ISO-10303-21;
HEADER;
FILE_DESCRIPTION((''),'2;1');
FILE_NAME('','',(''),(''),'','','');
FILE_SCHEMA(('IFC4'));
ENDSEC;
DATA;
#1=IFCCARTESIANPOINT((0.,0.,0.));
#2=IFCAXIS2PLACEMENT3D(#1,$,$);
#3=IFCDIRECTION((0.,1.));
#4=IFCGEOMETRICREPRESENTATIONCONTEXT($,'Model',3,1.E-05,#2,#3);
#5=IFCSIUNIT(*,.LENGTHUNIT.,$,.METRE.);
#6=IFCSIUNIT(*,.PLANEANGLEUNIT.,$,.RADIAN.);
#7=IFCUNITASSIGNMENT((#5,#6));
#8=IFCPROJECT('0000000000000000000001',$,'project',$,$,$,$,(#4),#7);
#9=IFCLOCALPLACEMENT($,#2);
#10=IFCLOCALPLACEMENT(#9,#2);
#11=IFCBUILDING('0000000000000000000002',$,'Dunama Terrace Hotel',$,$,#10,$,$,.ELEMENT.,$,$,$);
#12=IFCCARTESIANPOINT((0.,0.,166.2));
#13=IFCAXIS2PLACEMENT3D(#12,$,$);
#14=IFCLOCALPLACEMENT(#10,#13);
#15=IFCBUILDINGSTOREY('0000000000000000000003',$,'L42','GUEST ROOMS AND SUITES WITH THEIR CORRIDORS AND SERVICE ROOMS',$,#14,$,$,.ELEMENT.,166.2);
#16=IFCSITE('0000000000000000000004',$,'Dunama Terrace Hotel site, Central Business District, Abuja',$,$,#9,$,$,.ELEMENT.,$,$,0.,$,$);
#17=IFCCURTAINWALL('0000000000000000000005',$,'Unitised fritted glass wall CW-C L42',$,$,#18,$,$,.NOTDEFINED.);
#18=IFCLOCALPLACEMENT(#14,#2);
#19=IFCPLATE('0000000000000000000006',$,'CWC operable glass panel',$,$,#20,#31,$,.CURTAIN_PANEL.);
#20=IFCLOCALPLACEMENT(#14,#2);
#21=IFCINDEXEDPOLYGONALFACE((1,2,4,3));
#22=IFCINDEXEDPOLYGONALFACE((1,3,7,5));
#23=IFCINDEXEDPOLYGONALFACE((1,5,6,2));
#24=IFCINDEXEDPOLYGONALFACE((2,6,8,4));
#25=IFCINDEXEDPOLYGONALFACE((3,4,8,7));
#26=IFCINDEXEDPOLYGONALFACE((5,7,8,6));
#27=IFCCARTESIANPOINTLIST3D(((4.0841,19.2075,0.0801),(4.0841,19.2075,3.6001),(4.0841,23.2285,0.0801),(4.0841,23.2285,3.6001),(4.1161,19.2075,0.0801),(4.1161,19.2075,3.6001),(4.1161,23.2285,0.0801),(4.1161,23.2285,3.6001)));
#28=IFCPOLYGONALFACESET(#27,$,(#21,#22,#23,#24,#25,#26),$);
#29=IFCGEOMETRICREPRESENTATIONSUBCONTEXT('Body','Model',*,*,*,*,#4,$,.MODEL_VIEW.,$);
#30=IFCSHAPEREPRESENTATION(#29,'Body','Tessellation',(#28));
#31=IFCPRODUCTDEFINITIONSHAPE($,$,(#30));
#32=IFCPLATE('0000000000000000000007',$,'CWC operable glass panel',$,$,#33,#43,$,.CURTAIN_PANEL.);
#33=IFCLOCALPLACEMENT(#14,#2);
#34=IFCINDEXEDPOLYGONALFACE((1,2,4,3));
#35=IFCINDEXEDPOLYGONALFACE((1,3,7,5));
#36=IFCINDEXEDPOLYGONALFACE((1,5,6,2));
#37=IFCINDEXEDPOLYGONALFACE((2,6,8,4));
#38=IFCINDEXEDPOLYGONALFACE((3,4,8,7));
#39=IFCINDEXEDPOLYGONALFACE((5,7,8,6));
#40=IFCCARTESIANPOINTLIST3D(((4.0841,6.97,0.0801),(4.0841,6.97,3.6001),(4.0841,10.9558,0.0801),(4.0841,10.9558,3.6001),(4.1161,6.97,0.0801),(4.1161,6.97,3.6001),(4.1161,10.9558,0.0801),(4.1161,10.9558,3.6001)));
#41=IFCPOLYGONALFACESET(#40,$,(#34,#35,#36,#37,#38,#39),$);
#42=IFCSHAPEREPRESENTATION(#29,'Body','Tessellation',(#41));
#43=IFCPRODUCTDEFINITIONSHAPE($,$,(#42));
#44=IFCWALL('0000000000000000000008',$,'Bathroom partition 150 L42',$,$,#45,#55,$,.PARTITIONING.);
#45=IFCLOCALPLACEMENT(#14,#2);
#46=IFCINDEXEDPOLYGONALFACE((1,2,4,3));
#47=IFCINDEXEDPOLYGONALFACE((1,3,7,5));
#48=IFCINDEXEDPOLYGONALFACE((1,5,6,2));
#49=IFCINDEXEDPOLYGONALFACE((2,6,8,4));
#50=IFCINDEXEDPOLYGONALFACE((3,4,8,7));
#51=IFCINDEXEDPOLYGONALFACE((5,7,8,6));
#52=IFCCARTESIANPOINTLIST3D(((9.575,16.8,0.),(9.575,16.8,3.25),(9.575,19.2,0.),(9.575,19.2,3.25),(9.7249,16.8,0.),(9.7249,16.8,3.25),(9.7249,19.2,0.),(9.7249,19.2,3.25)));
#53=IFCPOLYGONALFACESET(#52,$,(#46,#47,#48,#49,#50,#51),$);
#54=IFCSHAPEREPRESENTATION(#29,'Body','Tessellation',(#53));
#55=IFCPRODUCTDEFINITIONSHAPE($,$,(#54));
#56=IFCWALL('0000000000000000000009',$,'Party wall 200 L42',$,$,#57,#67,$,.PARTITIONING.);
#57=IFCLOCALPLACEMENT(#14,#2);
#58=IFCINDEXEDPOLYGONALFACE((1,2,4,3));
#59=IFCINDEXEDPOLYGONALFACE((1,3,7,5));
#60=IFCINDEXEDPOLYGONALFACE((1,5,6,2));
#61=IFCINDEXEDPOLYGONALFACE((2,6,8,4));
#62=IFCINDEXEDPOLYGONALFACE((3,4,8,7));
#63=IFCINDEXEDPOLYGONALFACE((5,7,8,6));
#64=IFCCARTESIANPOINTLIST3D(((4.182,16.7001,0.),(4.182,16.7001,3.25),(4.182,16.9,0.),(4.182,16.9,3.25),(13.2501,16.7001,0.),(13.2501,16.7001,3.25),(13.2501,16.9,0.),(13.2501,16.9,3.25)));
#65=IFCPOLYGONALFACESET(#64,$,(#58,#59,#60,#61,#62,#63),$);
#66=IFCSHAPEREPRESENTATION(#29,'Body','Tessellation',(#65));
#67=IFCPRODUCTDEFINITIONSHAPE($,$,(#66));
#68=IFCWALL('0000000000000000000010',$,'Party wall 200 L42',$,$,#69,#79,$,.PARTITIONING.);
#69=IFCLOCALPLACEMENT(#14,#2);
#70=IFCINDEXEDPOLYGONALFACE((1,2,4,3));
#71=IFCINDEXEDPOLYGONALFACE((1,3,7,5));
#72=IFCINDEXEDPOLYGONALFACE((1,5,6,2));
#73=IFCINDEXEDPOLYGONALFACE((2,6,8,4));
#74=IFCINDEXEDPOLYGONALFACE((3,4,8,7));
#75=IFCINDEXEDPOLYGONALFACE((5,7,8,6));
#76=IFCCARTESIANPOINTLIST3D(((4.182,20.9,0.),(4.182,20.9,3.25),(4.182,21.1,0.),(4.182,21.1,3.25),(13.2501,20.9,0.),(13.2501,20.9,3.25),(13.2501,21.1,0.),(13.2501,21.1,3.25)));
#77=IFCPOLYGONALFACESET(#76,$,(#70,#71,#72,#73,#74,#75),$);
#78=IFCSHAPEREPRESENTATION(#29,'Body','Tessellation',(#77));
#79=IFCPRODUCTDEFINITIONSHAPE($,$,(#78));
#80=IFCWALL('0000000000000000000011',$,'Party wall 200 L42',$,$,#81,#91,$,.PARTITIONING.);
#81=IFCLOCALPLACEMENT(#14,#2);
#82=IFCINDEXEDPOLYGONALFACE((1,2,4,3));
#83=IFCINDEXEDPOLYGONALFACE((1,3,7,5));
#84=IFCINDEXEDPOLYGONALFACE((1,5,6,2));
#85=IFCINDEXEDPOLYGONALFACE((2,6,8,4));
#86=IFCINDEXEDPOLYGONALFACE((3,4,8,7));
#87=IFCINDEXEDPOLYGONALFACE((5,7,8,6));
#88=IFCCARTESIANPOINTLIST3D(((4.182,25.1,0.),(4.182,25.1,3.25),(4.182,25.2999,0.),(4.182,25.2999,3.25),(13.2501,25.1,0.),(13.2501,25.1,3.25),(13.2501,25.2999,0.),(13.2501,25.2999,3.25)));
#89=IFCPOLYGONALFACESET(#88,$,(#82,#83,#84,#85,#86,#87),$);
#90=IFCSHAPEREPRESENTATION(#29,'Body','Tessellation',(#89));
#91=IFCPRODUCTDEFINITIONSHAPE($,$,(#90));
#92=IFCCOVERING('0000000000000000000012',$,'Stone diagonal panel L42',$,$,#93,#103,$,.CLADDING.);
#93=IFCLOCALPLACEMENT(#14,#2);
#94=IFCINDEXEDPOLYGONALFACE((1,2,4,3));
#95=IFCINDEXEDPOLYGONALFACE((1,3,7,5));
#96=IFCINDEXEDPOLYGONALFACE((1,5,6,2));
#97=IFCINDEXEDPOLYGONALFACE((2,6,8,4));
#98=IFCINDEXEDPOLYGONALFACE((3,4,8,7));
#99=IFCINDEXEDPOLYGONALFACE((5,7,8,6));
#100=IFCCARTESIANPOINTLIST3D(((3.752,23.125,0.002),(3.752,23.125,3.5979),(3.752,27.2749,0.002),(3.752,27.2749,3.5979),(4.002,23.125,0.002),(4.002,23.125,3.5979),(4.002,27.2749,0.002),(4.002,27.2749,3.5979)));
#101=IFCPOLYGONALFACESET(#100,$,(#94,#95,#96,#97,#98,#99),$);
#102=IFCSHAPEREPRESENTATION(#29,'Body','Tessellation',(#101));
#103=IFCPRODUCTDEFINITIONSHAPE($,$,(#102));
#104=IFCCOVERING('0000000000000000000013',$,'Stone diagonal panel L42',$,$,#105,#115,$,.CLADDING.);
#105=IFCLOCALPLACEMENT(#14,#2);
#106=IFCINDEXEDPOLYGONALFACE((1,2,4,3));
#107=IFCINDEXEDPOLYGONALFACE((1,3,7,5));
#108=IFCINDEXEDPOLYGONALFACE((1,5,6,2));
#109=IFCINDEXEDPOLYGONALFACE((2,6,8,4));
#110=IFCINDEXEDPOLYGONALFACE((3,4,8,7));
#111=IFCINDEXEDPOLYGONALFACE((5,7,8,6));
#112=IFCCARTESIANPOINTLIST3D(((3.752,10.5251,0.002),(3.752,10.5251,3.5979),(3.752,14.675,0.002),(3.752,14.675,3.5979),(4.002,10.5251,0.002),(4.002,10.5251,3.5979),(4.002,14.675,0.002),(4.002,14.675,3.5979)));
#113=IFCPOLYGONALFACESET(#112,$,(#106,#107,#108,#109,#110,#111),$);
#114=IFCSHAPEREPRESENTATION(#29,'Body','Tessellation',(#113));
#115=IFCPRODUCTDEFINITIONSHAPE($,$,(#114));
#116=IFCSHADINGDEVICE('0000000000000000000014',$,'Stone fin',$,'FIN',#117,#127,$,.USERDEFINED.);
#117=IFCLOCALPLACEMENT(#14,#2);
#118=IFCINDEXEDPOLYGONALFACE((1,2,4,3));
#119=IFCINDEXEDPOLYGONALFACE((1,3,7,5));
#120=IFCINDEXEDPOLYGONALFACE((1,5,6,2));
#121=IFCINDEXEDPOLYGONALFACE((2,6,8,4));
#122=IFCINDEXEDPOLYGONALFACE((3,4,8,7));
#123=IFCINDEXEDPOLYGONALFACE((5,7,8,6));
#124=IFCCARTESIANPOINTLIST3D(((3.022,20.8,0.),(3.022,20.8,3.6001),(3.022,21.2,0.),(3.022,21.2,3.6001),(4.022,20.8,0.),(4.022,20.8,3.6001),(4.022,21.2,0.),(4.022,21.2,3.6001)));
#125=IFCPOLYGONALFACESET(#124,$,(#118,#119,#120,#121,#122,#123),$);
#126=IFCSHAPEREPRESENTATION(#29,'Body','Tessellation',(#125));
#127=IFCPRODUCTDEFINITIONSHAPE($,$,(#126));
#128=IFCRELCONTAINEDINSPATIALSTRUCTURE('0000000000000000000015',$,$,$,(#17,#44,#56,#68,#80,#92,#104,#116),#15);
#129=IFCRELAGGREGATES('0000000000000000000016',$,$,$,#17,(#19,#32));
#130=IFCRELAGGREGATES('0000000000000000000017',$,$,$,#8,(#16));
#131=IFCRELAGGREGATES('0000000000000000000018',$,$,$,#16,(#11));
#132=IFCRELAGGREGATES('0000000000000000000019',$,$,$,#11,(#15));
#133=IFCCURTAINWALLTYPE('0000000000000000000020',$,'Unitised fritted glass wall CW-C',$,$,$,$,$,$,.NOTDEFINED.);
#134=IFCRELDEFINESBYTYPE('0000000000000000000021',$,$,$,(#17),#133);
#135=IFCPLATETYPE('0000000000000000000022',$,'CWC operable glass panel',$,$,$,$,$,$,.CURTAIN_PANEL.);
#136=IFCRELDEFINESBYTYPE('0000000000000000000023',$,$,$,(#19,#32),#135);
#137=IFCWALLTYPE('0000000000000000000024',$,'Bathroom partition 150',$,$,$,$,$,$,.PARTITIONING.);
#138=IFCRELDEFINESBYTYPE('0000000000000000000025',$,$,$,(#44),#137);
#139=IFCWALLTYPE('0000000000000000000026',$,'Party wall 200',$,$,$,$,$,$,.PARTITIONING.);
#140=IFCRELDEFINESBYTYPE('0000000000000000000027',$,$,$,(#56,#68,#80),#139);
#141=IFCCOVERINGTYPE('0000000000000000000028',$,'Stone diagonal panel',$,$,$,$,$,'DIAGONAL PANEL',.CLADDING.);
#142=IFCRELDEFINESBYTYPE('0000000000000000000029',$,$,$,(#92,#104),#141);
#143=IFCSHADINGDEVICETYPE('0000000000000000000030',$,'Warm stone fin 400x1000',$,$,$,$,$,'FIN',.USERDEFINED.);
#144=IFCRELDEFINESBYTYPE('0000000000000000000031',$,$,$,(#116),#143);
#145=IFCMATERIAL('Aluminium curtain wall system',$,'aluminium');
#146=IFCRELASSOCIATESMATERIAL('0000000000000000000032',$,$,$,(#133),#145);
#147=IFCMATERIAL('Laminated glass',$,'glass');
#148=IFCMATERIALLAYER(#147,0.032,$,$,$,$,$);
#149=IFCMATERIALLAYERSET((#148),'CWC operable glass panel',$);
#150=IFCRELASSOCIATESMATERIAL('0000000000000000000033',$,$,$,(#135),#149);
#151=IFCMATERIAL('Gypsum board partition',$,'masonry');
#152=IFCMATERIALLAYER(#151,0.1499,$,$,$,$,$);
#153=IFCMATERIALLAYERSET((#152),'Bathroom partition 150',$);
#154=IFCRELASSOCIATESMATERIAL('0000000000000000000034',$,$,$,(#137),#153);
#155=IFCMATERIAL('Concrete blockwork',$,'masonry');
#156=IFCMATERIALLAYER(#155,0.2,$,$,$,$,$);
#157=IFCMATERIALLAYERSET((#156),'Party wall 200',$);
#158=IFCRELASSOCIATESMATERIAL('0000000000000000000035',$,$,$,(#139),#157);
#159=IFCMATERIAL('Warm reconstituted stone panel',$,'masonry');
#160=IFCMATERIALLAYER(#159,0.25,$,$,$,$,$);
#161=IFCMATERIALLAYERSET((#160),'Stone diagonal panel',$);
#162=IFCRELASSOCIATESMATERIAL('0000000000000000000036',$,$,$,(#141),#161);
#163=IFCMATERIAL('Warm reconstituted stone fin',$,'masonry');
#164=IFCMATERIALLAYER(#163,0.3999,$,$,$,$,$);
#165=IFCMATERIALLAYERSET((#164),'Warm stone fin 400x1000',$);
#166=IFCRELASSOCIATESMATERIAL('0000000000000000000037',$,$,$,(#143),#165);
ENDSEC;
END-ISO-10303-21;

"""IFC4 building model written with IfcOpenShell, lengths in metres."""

from ifc_helpers import new_model, si_unit, direction, frame, frame_2d, origin, origin_2d, place, context, subcontext, project, spatial, rectangle, extrude, material, layer, layer_set, type_object, element, aggregate, save


model = new_model("IFC4")

# Units and contexts
model_context = context("Model", 3, precision=1e-05, world=origin(), true_north=direction((0.0, 1.0)))
body_context = subcontext(model_context, "Body", "Model", "MODEL_VIEW")
ifc_project = project(units=[si_unit("LENGTHUNIT", "METRE"), si_unit("PLANEANGLEUNIT", "RADIAN")], contexts=[model_context])

# Site, building, storey
site_placement = place(None, origin())
site = spatial("IfcSite", under=ifc_project, at=site_placement, Name="Dunama Terrace Hotel site, Central Business District, Abuja", CompositionType="ELEMENT", RefElevation=0.0)
building_placement = place(site_placement, origin())
building = spatial("IfcBuilding", under=site, at=building_placement, Name="Dunama Terrace Hotel", CompositionType="ELEMENT")
storey_placement = place(building_placement, frame((0.0, 0.0, 166.2)))
storey = spatial("IfcBuildingStorey", under=building, at=storey_placement, Name="L42", Description="GUEST ROOMS AND SUITES WITH THEIR CORRIDORS AND SERVICE ROOMS", CompositionType="ELEMENT", Elevation=166.2)

# Curtain wall
ifc_material_1 = material(Name="Aluminium curtain wall system", Category="aluminium")
curtain_wall_type = type_object("IfcCurtainWallType", Name="Unitised fritted glass wall CW-C", PredefinedType="NOTDEFINED", material=ifc_material_1)
curtain_wall_placement = place(storey_placement, origin())
curtain_wall = element("IfcCurtainWall", 1, at=curtain_wall_placement, inside=storey, type_object=curtain_wall_type, Name="Unitised fritted glass wall CW-C L42", PredefinedType="NOTDEFINED")

# Plates
ifc_material_2 = material(Name="Laminated glass", Category="glass")
ifc_layer_1 = layer(ifc_material_2, 0.032)
ifc_layer_set_1 = layer_set([ifc_layer_1], Name="CWC operable glass panel")
plate_type_1 = type_object("IfcPlateType", Name="CWC operable glass panel", PredefinedType="CURTAIN_PANEL", material=ifc_layer_set_1)
plate_1_placement = place(storey_placement, frame((4.1001, 21.218, 0.0801), z_axis=(0.0, 0.0, 1.0), x_axis=(0.0, -1.0, 0.0)))
plate_1 = element("IfcPlate", 2, at=plate_1_placement, type_object=plate_type_1, Name="CWC operable glass panel", PredefinedType="CURTAIN_PANEL", context=body_context, shape_type="SweptSolid", body=[
    extrude(rectangle(XDim=4.021, YDim=0.032, at=origin_2d()), origin(), (0.0, 0.0, 1.0), 3.52),
])
plate_2_placement = place(storey_placement, frame((4.1001, 8.9629, 0.0801), z_axis=(0.0, 0.0, 1.0), x_axis=(0.0, -1.0, 0.0)))
plate_2 = element("IfcPlate", 3, at=plate_2_placement, type_object=plate_type_1, Name="CWC operable glass panel", PredefinedType="CURTAIN_PANEL", context=body_context, shape_type="SweptSolid", body=[
    extrude(rectangle(XDim=3.9858, YDim=0.032, at=origin_2d()), origin(), (0.0, 0.0, 1.0), 3.52),
])
aggregate(curtain_wall, [plate_1, plate_2])

# Walls
ifc_material_3 = material(Name="Gypsum board partition", Category="masonry")
ifc_layer_2 = layer(ifc_material_3, 0.1499)
ifc_layer_set_2 = layer_set([ifc_layer_2], Name="Bathroom partition 150")
wall_type_1 = type_object("IfcWallType", Name="Bathroom partition 150", PredefinedType="PARTITIONING", material=ifc_layer_set_2)
wall_placement = place(storey_placement, frame((9.6499, 16.8, 0.0), z_axis=(0.0, 0.0, 1.0), x_axis=(0.0, 1.0, 0.0)))
element("IfcWall", 4, at=wall_placement, inside=storey, type_object=wall_type_1, Name="Bathroom partition 150 L42", PredefinedType="PARTITIONING", context=body_context, shape_type="SweptSolid", body=[
    extrude(rectangle(XDim=2.3999, YDim=0.1499, at=frame_2d((1.2, 0.0))), origin(), (0.0, 0.0, 1.0), 3.25),
])
ifc_material_4 = material(Name="Concrete blockwork", Category="masonry")
ifc_layer_3 = layer(ifc_material_4, 0.2)
ifc_layer_set_3 = layer_set([ifc_layer_3], Name="Party wall 200")
wall_type_2 = type_object("IfcWallType", Name="Party wall 200", PredefinedType="PARTITIONING", material=ifc_layer_set_3)
for number, where, z_axis, x_axis, name in (
    (5, (4.1819, 16.8, 0.0), (0.0, 0.0, 1.0), (1.0, 0.0, 0.0), "Party wall 200 L42"),
    (6, (4.1819, 21.0, 0.0), (0.0, 0.0, 1.0), (1.0, 0.0, 0.0), "Party wall 200 L42"),
    (7, (4.1819, 25.2, 0.0), (0.0, 0.0, 1.0), (1.0, 0.0, 0.0), "Party wall 200 L42"),
):
    element("IfcWall", number, at=place(storey_placement, frame(where, z_axis=z_axis, x_axis=x_axis)), inside=storey, type_object=wall_type_2, Name=name, PredefinedType="PARTITIONING", context=body_context, shape_type="SweptSolid", body=[
        extrude(rectangle(XDim=9.0681, YDim=0.2, at=frame_2d((4.5342, 0.0))), origin(), (0.0, 0.0, 1.0), 3.25),
    ])

# Coverings
ifc_material_5 = material(Name="Warm reconstituted stone panel", Category="masonry")
ifc_layer_4 = layer(ifc_material_5, 0.25)
ifc_layer_set_4 = layer_set([ifc_layer_4], Name="Stone diagonal panel")
covering_type = type_object("IfcCoveringType", Name="Stone diagonal panel", ElementType="DIAGONAL PANEL", PredefinedType="CLADDING", material=ifc_layer_set_4)
for number, where, z_axis, x_axis, name in (
    (8, (3.877, 25.2, 0.002), (0.0, 0.0, 1.0), (0.0, -1.0, 0.0), "Stone diagonal panel L42"),
    (9, (3.877, 12.6001, 0.002), (0.0, 0.0, 1.0), (0.0, -1.0, 0.0), "Stone diagonal panel L42"),
):
    element("IfcCovering", number, at=place(storey_placement, frame(where, z_axis=z_axis, x_axis=x_axis)), inside=storey, type_object=covering_type, Name=name, PredefinedType="CLADDING", context=body_context, shape_type="SweptSolid", body=[
        extrude(rectangle(XDim=4.1499, YDim=0.25, at=origin_2d()), origin(), (0.0, 0.0, 1.0), 3.5959),
    ])

# Shading device
ifc_material_6 = material(Name="Warm reconstituted stone fin", Category="masonry")
ifc_layer_5 = layer(ifc_material_6, 0.3999)
ifc_layer_set_5 = layer_set([ifc_layer_5], Name="Warm stone fin 400x1000")
shading_device_type = type_object("IfcShadingDeviceType", Name="Warm stone fin 400x1000", ElementType="FIN", PredefinedType="USERDEFINED", material=ifc_layer_set_5)
shading_device_placement = place(storey_placement, frame((3.522, 21.0, 0.0), z_axis=(0.0, 0.0, 1.0), x_axis=(0.0, -1.0, 0.0)))
element("IfcShadingDevice", 10, at=shading_device_placement, inside=storey, type_object=shading_device_type, Name="Stone fin", ObjectType="FIN", PredefinedType="USERDEFINED", context=body_context, shape_type="SweptSolid", body=[
    extrude(rectangle(XDim=0.3999, YDim=1.0, at=origin_2d()), origin(), (0.0, 0.0, 1.0), 3.6001),
])

save(model, "model.ifc")
